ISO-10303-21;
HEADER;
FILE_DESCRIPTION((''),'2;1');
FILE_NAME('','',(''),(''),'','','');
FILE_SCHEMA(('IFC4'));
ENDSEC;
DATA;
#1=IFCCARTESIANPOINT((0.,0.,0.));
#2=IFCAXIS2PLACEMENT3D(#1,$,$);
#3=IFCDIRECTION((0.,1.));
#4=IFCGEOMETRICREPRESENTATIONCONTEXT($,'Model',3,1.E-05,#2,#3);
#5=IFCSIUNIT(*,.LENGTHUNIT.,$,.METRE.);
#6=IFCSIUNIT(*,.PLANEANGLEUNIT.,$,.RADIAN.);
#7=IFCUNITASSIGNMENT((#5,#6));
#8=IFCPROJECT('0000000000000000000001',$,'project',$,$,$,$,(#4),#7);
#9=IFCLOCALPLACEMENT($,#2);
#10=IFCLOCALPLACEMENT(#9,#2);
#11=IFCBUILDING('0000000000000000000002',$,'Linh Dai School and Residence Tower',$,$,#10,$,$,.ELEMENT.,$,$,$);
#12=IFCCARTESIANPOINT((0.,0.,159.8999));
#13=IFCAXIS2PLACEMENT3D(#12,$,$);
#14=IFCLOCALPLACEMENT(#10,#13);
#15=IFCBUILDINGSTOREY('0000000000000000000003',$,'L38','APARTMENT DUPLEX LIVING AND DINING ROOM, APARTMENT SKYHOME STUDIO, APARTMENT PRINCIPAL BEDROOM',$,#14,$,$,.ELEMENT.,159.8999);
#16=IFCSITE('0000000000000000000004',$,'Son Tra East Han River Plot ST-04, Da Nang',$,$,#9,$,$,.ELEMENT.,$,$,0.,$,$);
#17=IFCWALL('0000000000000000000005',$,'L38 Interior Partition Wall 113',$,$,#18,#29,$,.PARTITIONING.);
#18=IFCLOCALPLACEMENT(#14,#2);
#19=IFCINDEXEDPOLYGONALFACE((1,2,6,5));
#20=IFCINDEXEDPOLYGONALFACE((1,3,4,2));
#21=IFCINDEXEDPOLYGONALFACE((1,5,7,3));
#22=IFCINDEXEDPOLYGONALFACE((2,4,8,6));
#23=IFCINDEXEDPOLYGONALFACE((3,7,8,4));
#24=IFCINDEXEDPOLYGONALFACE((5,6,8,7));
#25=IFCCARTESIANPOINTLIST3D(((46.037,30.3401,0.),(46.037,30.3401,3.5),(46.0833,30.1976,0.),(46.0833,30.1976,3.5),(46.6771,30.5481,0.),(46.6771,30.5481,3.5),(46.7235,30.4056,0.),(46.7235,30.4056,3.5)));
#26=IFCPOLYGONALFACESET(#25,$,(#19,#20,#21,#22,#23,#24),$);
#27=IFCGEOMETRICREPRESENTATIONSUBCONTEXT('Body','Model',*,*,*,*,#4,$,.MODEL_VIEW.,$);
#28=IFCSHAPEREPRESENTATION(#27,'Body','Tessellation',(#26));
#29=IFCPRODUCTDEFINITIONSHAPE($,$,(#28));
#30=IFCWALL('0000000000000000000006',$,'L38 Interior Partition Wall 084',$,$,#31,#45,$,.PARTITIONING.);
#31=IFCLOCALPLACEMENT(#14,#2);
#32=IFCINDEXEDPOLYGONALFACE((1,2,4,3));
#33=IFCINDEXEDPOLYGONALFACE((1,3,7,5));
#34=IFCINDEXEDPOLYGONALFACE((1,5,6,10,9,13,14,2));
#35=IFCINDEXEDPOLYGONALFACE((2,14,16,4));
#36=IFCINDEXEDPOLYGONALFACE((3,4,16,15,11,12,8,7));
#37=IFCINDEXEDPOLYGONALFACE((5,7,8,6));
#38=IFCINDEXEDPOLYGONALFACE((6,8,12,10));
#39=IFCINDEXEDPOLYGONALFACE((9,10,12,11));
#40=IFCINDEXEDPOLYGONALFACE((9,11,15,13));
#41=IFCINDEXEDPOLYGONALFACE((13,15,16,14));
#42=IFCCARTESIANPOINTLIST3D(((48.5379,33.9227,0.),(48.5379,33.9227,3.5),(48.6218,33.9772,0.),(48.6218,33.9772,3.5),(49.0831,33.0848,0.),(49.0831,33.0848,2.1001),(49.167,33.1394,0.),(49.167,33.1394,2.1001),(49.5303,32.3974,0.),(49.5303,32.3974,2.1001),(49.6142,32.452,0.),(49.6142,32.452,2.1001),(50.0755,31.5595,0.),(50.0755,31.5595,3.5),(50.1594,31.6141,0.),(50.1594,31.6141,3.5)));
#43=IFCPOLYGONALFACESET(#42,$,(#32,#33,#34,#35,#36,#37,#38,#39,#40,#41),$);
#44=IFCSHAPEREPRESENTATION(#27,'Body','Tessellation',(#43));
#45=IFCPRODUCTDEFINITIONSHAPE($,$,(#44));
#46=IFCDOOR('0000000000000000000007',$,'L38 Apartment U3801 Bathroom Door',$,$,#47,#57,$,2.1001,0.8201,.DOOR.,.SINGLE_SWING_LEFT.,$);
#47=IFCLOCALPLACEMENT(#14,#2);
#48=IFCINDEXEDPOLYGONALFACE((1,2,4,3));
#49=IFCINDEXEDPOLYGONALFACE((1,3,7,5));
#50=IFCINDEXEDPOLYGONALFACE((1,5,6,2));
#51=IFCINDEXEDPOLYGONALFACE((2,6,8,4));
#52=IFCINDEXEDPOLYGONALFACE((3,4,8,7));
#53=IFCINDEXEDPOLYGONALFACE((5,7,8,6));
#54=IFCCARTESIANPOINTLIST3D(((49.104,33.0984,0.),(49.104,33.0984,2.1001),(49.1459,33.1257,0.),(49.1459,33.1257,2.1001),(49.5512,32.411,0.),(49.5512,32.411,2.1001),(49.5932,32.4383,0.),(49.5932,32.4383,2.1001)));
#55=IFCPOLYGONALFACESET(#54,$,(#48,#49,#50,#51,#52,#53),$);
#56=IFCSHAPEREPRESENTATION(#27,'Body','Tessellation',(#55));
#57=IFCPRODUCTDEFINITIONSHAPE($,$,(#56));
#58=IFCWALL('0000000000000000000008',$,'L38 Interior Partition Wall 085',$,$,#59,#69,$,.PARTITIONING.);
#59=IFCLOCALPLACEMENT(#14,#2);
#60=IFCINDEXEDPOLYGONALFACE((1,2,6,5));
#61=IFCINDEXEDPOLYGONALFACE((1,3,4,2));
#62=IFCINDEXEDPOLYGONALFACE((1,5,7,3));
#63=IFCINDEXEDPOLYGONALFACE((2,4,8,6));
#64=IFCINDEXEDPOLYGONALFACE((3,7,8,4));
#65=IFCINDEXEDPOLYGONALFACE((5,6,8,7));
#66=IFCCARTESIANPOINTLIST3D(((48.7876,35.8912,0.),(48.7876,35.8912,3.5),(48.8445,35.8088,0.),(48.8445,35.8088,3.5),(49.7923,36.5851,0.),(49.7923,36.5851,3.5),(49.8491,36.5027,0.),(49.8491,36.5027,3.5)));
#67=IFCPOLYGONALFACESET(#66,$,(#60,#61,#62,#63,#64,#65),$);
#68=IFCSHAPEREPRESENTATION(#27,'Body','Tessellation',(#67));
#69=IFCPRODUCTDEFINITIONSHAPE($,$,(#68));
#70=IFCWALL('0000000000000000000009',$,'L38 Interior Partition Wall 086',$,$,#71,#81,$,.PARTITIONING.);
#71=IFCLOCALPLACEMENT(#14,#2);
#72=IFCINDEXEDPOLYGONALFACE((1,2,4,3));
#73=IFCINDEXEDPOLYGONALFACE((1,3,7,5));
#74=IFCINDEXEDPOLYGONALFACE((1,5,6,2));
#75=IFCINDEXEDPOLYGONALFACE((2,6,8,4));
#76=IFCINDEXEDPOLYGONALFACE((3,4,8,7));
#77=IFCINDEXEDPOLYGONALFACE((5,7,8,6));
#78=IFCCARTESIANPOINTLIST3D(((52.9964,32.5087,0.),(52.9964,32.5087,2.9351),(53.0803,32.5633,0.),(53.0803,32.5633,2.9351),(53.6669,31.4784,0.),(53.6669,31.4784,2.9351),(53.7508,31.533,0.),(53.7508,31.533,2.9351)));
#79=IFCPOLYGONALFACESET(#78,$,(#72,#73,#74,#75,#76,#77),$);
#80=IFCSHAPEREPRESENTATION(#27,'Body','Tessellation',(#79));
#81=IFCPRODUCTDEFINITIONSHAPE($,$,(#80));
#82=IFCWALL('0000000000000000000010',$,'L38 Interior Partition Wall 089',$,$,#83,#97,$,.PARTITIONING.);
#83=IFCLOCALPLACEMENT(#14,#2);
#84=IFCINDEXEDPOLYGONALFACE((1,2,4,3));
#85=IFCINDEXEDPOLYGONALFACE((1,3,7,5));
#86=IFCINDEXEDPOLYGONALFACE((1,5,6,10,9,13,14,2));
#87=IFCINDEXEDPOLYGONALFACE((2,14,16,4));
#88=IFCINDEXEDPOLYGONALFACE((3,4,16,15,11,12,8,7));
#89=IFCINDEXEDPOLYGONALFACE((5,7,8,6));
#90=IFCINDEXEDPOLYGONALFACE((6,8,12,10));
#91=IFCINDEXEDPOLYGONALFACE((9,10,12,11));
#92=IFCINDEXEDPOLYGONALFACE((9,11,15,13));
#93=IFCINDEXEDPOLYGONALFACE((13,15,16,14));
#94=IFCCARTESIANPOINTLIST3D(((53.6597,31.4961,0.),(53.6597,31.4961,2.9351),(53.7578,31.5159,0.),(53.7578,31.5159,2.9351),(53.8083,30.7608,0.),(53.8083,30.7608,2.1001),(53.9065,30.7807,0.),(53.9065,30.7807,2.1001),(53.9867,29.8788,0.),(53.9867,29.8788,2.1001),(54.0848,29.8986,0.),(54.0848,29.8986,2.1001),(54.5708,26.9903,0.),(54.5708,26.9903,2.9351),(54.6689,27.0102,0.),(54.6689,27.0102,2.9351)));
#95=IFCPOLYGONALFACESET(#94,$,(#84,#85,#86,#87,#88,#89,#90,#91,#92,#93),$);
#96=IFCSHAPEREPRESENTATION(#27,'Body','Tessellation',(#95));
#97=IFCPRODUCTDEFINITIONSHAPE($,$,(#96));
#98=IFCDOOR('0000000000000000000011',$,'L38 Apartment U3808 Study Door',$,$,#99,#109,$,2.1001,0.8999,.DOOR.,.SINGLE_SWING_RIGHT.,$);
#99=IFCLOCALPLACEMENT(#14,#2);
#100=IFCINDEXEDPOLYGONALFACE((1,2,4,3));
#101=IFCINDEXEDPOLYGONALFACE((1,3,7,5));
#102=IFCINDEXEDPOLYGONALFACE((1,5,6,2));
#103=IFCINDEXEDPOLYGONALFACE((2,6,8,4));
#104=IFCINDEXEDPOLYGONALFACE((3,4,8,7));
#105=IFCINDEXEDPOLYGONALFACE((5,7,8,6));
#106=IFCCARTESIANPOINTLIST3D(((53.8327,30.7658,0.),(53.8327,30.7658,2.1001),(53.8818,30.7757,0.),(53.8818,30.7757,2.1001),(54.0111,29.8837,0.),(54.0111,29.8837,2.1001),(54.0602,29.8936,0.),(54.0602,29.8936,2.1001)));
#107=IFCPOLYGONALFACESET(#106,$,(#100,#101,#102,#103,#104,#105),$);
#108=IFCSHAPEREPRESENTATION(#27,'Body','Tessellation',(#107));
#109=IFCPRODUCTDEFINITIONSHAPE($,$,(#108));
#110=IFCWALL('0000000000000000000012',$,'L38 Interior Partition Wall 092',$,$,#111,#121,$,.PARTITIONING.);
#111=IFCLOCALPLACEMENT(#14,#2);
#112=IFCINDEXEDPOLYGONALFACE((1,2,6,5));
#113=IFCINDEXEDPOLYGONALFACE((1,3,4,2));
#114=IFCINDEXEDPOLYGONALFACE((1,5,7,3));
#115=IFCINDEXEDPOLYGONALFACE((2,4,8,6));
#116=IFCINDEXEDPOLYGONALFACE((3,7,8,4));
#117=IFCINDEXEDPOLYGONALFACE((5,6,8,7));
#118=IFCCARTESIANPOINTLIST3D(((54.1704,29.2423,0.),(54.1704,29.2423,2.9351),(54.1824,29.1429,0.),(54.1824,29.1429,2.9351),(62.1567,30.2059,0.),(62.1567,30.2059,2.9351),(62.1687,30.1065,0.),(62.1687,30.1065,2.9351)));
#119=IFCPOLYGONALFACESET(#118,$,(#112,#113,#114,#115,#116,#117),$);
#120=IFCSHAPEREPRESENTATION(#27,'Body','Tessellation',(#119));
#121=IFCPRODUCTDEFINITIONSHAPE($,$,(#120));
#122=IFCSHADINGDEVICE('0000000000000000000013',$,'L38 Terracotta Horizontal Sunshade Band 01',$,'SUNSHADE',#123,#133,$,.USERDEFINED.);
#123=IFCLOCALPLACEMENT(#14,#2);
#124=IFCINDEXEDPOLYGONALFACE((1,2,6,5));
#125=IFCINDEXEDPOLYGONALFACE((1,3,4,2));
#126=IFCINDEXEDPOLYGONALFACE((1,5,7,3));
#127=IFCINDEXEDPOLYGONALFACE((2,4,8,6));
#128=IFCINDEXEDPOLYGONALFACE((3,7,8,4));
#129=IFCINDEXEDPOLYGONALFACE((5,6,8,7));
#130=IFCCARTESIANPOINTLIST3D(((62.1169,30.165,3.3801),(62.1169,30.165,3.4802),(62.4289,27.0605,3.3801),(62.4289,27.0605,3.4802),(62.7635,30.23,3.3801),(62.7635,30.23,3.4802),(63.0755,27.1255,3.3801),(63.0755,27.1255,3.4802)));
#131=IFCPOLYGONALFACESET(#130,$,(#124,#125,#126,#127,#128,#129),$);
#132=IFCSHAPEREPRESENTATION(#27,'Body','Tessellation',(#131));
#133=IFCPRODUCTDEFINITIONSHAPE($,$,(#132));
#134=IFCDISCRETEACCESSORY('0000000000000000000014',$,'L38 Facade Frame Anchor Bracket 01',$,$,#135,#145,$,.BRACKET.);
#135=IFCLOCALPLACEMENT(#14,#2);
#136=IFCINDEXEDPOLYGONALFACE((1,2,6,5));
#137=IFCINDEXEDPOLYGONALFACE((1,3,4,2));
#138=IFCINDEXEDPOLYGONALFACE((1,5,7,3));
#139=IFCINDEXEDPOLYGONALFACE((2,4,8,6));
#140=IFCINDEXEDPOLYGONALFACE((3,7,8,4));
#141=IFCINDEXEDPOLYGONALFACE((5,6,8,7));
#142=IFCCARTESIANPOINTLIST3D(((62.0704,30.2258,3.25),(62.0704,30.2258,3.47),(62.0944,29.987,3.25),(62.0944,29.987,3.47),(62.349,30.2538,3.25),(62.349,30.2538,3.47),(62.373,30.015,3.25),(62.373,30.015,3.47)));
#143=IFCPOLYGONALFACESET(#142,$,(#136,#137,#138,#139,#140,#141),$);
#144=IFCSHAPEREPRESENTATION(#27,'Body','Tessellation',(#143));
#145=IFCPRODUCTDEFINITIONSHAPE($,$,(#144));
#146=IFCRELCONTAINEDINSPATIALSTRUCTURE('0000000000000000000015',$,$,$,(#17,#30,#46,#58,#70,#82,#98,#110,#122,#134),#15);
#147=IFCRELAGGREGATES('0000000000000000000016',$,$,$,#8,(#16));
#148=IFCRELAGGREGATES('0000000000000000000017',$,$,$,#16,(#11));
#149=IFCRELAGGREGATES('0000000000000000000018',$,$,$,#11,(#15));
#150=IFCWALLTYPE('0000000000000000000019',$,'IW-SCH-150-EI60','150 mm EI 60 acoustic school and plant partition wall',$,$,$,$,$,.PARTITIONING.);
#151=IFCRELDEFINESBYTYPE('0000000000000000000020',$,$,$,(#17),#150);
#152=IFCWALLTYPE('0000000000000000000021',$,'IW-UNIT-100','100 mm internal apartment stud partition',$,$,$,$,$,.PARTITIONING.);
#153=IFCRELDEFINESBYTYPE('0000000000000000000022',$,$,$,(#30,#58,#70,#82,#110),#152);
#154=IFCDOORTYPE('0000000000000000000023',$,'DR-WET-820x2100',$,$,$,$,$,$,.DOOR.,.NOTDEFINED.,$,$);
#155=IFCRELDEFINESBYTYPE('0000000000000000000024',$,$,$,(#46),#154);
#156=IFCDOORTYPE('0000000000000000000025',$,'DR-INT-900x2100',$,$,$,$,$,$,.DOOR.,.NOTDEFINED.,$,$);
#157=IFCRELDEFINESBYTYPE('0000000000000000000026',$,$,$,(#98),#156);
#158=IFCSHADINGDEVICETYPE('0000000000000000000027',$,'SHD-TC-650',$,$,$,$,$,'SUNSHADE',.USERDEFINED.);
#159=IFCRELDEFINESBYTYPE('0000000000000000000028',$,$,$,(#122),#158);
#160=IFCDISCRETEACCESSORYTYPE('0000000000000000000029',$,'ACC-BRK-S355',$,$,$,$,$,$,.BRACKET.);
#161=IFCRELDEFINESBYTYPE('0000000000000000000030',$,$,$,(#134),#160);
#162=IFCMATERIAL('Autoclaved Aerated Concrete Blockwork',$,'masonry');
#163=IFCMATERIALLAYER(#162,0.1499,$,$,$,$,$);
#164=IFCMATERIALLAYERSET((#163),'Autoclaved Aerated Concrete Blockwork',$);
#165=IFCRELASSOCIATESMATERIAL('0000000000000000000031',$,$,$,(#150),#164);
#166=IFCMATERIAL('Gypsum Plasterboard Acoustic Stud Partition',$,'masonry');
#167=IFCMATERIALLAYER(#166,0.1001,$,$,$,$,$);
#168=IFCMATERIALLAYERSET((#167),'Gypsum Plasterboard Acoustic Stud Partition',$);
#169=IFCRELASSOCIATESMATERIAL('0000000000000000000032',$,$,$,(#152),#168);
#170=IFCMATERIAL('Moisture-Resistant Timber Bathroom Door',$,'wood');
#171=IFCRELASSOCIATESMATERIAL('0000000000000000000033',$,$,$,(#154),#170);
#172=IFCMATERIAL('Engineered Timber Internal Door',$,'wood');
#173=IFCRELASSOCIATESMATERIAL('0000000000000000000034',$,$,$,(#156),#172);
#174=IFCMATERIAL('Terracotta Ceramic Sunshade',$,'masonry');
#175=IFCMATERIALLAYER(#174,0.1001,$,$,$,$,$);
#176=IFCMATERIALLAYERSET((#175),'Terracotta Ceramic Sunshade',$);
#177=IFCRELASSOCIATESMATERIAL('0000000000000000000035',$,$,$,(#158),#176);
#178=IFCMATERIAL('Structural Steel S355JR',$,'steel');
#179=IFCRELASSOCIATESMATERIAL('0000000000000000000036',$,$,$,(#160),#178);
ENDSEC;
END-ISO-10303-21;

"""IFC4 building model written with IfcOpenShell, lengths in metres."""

from ifc_helpers import new_model, si_unit, direction, frame, frame_2d, origin, origin_2d, place, context, subcontext, project, spatial, rectangle, extrude, source, transform, mapped, material, layer, layer_set, type_object, element, fill, save


model = new_model("IFC4")

# Units and contexts
model_context = context("Model", 3, precision=1e-05, world=origin(), true_north=direction((0.0, 1.0)))
body_context = subcontext(model_context, "Body", "Model", "MODEL_VIEW")
ifc_project = project(units=[si_unit("LENGTHUNIT", "METRE"), si_unit("PLANEANGLEUNIT", "RADIAN")], contexts=[model_context])

# Site, building, storey
site_placement = place(None, origin())
site = spatial("IfcSite", under=ifc_project, at=site_placement, Name="Son Tra East Han River Plot ST-04, Da Nang", CompositionType="ELEMENT", RefElevation=0.0)
building_placement = place(site_placement, origin())
building = spatial("IfcBuilding", under=site, at=building_placement, Name="Linh Dai School and Residence Tower", CompositionType="ELEMENT")
storey_placement = place(building_placement, frame((0.0, 0.0, 159.8999)))
storey = spatial("IfcBuildingStorey", under=building, at=storey_placement, Name="L38", Description="APARTMENT DUPLEX LIVING AND DINING ROOM, APARTMENT SKYHOME STUDIO, APARTMENT PRINCIPAL BEDROOM", CompositionType="ELEMENT", Elevation=159.8999)

# Shared definitions
ifc_material_1 = material(Name="Structural Steel S355JR", Category="steel")

# Shared definitions
ifc_material_2 = material(Name="Autoclaved Aerated Concrete Blockwork", Category="masonry")

# Wall
ifc_layer_1 = layer(ifc_material_2, 0.1499)
ifc_layer_set_1 = layer_set([ifc_layer_1], Name="Autoclaved Aerated Concrete Blockwork")
wall_type_1 = type_object("IfcWallType", Name="IW-SCH-150-EI60", Description="150 mm EI 60 acoustic school and plant partition wall", PredefinedType="PARTITIONING", material=ifc_layer_set_1)
wall_1_placement = place(storey_placement, frame((46.7002, 30.4768, 0.0), z_axis=(0.0, 0.0, 1.0), x_axis=(-0.95105, -0.309037, 0.0)))
element("IfcWall", 1, at=wall_1_placement, inside=storey, type_object=wall_type_1, Name="L38 Interior Partition Wall 113", PredefinedType="PARTITIONING", context=body_context, shape_type="SweptSolid", body=[
    extrude(rectangle(XDim=0.6731, YDim=0.1499, at=frame_2d((0.3364, 0.0))), origin(), (0.0, 0.0, 1.0), 3.5),
])

# Wall, opening, door
ifc_material_3 = material(Name="Gypsum Plasterboard Acoustic Stud Partition", Category="masonry")
ifc_layer_2 = layer(ifc_material_3, 0.1001)
ifc_layer_set_2 = layer_set([ifc_layer_2], Name="Gypsum Plasterboard Acoustic Stud Partition")
wall_type_2 = type_object("IfcWallType", Name="IW-UNIT-100", Description="100 mm internal apartment stud partition", PredefinedType="PARTITIONING", material=ifc_layer_set_2)
wall_2_placement = place(storey_placement, frame((48.5798, 33.95, 0.0), z_axis=(0.0, 0.0, 1.0), x_axis=(0.545393, -0.83818, 0.0)))
wall_2 = element("IfcWall", 2, at=wall_2_placement, inside=storey, type_object=wall_type_2, Name="L38 Interior Partition Wall 084", PredefinedType="PARTITIONING", context=body_context, shape_type="SweptSolid", body=[
    extrude(rectangle(XDim=2.8193, YDim=0.1001, at=frame_2d((1.4097, 0.0))), origin(), (0.0, 0.0, 1.0), 3.5),
])
opening_1_placement = place(wall_2_placement, frame((0.9995, 0.0, 0.0)))
opening_1 = element("IfcOpeningElement", 3, at=opening_1_placement, cuts=wall_2, PredefinedType="OPENING", context=body_context, shape_type="SweptSolid", body=[
    extrude(rectangle(XDim=0.8201, YDim=2.1001, at=origin_2d()), frame((0.4102, 0.0601, 1.05), z_axis=(0.0, -1.0, 0.0), x_axis=(1.0, 0.0, 0.0)), (0.0, 0.0, 1.0), 0.1201),
])
ifc_material_4 = material(Name="Moisture-Resistant Timber Bathroom Door", Category="wood")
door_type_1 = type_object("IfcDoorType", Name="DR-WET-820x2100", OperationType="NOTDEFINED", PredefinedType="DOOR", material=ifc_material_4)
shared_shape_1 = source(origin(), body_context, "Body", "SweptSolid", [
    extrude(rectangle(XDim=0.8201, YDim=2.1001, at=origin_2d()), frame((0.4102, 0.0249, 1.05), z_axis=(0.0, -1.0, 0.0), x_axis=(1.0, 0.0, 0.0)), (0.0, 0.0, 1.0), 0.05),
])
door_1_placement = place(opening_1_placement, origin())
door_1 = element("IfcDoor", 4, at=door_1_placement, inside=storey, type_object=door_type_1, Name="L38 Apartment U3801 Bathroom Door", OperationType="SINGLE_SWING_LEFT", OverallHeight=2.1001, OverallWidth=0.8201, PredefinedType="DOOR", context=body_context, shape_type="MappedRepresentation", body=[
    mapped(shared_shape_1, transform((0.0, 0.0, 0.0), x_axis=(1.0, 0.0, 0.0), y_axis=(0.0, 1.0, 0.0), z_axis=(0.0, 0.0, 1.0), scale=1.0)),
])
fill(opening_1, door_1)

# Walls
wall_3_placement = place(storey_placement, frame((48.8162, 35.8501, 0.0), z_axis=(0.0, 0.0, 1.0), x_axis=(0.822832, 0.568284, 0.0)))
element("IfcWall", 5, at=wall_3_placement, inside=storey, type_object=wall_type_2, Name="L38 Interior Partition Wall 085", PredefinedType="PARTITIONING", context=body_context, shape_type="SweptSolid", body=[
    extrude(rectangle(XDim=1.2209, YDim=0.1001, at=frame_2d((0.6104, 0.0))), origin(), (0.0, 0.0, 1.0), 3.5),
])
wall_4_placement = place(storey_placement, frame((53.0383, 32.5361, 0.0), z_axis=(0.0, 0.0, 1.0), x_axis=(0.545407, -0.838171, 0.0)))
element("IfcWall", 6, at=wall_4_placement, inside=storey, type_object=wall_type_2, Name="L38 Interior Partition Wall 086", PredefinedType="PARTITIONING", context=body_context, shape_type="SweptSolid", body=[
    extrude(rectangle(XDim=1.2292, YDim=0.1001, at=frame_2d((0.6147, 0.0))), origin(), (0.0, 0.0, 1.0), 2.9351),
])

# Wall, opening, door
wall_5_placement = place(storey_placement, frame((53.7087, 31.5059, 0.0), z_axis=(0.0, 0.0, 1.0), x_axis=(0.198209, -0.98016, 0.0)))
wall_5 = element("IfcWall", 7, at=wall_5_placement, inside=storey, type_object=wall_type_2, Name="L38 Interior Partition Wall 089", PredefinedType="PARTITIONING", context=body_context, shape_type="SweptSolid", body=[
    extrude(rectangle(XDim=4.5969, YDim=0.1001, at=frame_2d((2.2983, 0.0))), origin(), (0.0, 0.0, 1.0), 2.9351),
])
opening_2_placement = place(wall_5_placement, frame((0.75, 0.0, 0.0)))
opening_2 = element("IfcOpeningElement", 8, at=opening_2_placement, cuts=wall_5, PredefinedType="OPENING", context=body_context, shape_type="SweptSolid", body=[
    extrude(rectangle(XDim=0.8999, YDim=2.1001, at=origin_2d()), frame((0.45, 0.0601, 1.05), z_axis=(0.0, -1.0, 0.0), x_axis=(1.0, 0.0, 0.0)), (0.0, 0.0, 1.0), 0.1201),
])
ifc_material_5 = material(Name="Engineered Timber Internal Door", Category="wood")
door_type_2 = type_object("IfcDoorType", Name="DR-INT-900x2100", OperationType="NOTDEFINED", PredefinedType="DOOR", material=ifc_material_5)
shared_shape_2 = source(origin(), body_context, "Body", "SweptSolid", [
    extrude(rectangle(XDim=0.8999, YDim=2.1001, at=origin_2d()), frame((0.45, 0.0249, 1.05), z_axis=(0.0, -1.0, 0.0), x_axis=(1.0, 0.0, 0.0)), (0.0, 0.0, 1.0), 0.05),
])
door_2_placement = place(opening_2_placement, origin())
door_2 = element("IfcDoor", 9, at=door_2_placement, inside=storey, type_object=door_type_2, Name="L38 Apartment U3808 Study Door", OperationType="SINGLE_SWING_RIGHT", OverallHeight=2.1001, OverallWidth=0.8999, PredefinedType="DOOR", context=body_context, shape_type="MappedRepresentation", body=[
    mapped(shared_shape_2, transform((0.0, 0.0, 0.0), x_axis=(1.0, 0.0, 0.0), y_axis=(0.0, 1.0, 0.0), z_axis=(0.0, 0.0, 1.0), scale=1.0)),
])
fill(opening_2, door_2)

# Wall
wall_6_placement = place(storey_placement, frame((54.1765, 29.1926, 0.0), z_axis=(0.0, 0.0, 1.0), x_axis=(0.992799, 0.11979, 0.0)))
element("IfcWall", 10, at=wall_6_placement, inside=storey, type_object=wall_type_2, Name="L38 Interior Partition Wall 092", PredefinedType="PARTITIONING", context=body_context, shape_type="SweptSolid", body=[
    extrude(rectangle(XDim=8.0442, YDim=0.1001, at=frame_2d((4.022, 0.0))), origin(), (0.0, 0.0, 1.0), 2.9351),
])

# Shading device
ifc_material_6 = material(Name="Terracotta Ceramic Sunshade", Category="masonry")
ifc_layer_3 = layer(ifc_material_6, 0.1001)
ifc_layer_set_3 = layer_set([ifc_layer_3], Name="Terracotta Ceramic Sunshade")
shading_device_type = type_object("IfcShadingDeviceType", Name="SHD-TC-650", ElementType="SUNSHADE", PredefinedType="USERDEFINED", material=ifc_layer_set_3)
shared_shape_3 = source(origin(), body_context, "Body", "SweptSolid", [
    extrude(rectangle(XDim=3.1201, YDim=0.6499, at=origin_2d()), origin(), (0.0, 0.0, 1.0), 0.1001),
])
shading_device_placement = place(storey_placement, frame((62.5962, 28.6453, 3.3801), z_axis=(0.0, 0.0, 1.0), x_axis=(0.100002, -0.994987, 0.0)))
element("IfcShadingDevice", 11, at=shading_device_placement, inside=storey, type_object=shading_device_type, Name="L38 Terracotta Horizontal Sunshade Band 01", ObjectType="SUNSHADE", PredefinedType="USERDEFINED", context=body_context, shape_type="MappedRepresentation", body=[
    mapped(shared_shape_3, transform((0.0, 0.0, 0.0), x_axis=(1.0, 0.0, 0.0), y_axis=(0.0, 1.0, 0.0), z_axis=(0.0, 0.0, 1.0), scale=1.0)),
])

# Discrete accessory
discrete_accessory_type = type_object("IfcDiscreteAccessoryType", Name="ACC-BRK-S355", PredefinedType="BRACKET", material=ifc_material_1)
shared_shape_4 = source(origin(), body_context, "Body", "SweptSolid", [
    extrude(rectangle(XDim=0.28, YDim=0.24, at=origin_2d()), origin(), (0.0, 0.0, 1.0), 0.22),
])
discrete_accessory_placement = place(storey_placement, frame((62.2217, 30.1204, 3.25), z_axis=(0.0, 0.0, 1.0), x_axis=(0.994987, 0.100002, 0.0)))
element("IfcDiscreteAccessory", 12, at=discrete_accessory_placement, inside=storey, type_object=discrete_accessory_type, Name="L38 Facade Frame Anchor Bracket 01", PredefinedType="BRACKET", context=body_context, shape_type="MappedRepresentation", body=[
    mapped(shared_shape_4, transform((0.0, 0.0, 0.0), x_axis=(1.0, 0.0, 0.0), y_axis=(0.0, 1.0, 0.0), z_axis=(0.0, 0.0, 1.0), scale=1.0)),
])

save(model, "model.ifc")
